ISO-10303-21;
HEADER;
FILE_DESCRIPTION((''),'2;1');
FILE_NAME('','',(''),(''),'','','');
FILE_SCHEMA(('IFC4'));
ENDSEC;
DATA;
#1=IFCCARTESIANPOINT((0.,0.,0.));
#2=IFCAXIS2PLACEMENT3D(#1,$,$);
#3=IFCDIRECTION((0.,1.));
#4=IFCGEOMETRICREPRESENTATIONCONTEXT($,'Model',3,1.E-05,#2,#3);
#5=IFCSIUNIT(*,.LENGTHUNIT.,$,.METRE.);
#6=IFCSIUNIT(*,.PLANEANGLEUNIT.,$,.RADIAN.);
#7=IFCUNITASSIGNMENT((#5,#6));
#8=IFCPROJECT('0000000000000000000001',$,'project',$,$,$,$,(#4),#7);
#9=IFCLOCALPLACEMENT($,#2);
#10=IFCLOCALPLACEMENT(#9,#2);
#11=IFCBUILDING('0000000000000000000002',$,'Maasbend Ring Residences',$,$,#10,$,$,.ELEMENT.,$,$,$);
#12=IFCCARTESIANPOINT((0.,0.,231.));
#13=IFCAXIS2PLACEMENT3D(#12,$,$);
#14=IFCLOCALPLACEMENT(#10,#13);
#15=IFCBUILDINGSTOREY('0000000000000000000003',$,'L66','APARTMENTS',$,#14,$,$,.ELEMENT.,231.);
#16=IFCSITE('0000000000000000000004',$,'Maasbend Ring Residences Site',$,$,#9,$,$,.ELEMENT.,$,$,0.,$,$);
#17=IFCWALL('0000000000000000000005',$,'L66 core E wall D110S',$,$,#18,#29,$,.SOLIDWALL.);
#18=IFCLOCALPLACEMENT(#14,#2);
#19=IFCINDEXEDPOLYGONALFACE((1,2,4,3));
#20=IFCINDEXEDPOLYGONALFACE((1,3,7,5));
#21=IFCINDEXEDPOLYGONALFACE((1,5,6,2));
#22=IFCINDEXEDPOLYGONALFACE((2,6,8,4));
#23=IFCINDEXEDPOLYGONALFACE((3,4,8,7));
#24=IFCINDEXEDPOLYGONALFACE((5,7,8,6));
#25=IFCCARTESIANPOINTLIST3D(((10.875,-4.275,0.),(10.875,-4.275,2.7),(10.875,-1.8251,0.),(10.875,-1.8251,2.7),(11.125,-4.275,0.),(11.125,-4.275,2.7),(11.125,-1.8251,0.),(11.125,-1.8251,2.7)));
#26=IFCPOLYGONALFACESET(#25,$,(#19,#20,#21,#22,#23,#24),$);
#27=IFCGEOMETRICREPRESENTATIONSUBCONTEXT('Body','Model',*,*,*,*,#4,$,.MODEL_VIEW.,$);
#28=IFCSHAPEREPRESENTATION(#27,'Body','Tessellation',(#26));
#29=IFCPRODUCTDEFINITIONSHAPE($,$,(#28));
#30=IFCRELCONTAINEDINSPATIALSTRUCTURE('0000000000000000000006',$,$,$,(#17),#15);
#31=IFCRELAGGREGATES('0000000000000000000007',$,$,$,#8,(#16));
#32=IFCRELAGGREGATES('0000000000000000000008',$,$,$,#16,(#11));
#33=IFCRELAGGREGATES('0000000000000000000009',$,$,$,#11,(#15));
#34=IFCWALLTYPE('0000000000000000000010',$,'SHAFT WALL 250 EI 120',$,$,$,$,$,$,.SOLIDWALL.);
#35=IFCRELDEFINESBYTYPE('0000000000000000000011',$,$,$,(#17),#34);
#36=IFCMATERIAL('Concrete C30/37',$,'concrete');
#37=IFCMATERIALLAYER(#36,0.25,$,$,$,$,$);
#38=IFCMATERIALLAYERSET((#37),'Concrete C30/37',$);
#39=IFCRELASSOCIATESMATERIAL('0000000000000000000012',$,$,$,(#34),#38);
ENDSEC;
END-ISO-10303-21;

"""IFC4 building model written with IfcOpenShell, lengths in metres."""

from ifc_helpers import new_model, si_unit, direction, frame, frame_2d, origin, place, context, subcontext, project, spatial, rectangle, extrude, material, layer, layer_set, type_object, element, save


model = new_model("IFC4")

# Units and contexts
model_context = context("Model", 3, precision=1e-05, world=origin(), true_north=direction((0.0, 1.0)))
body_context = subcontext(model_context, "Body", "Model", "MODEL_VIEW")
ifc_project = project(units=[si_unit("LENGTHUNIT", "METRE"), si_unit("PLANEANGLEUNIT", "RADIAN")], contexts=[model_context])

# Site, building, storey
site_placement = place(None, origin())
site = spatial("IfcSite", under=ifc_project, at=site_placement, Name="Maasbend Ring Residences Site", CompositionType="ELEMENT", RefElevation=0.0)
building_placement = place(site_placement, origin())
building = spatial("IfcBuilding", under=site, at=building_placement, Name="Maasbend Ring Residences", CompositionType="ELEMENT")
storey_placement = place(building_placement, frame((0.0, 0.0, 231.0)))
storey = spatial("IfcBuildingStorey", under=building, at=storey_placement, Name="L66", Description="APARTMENTS", CompositionType="ELEMENT", Elevation=231.0)

# Wall
ifc_material_1 = material(Name="Concrete C30/37", Category="concrete")
ifc_layer_1 = layer(ifc_material_1, 0.25)
ifc_layer_set_1 = layer_set([ifc_layer_1], Name="Concrete C30/37")
wall_type_1 = type_object("IfcWallType", Name="SHAFT WALL 250 EI 120", PredefinedType="SOLIDWALL", material=ifc_layer_set_1)
wall_1_placement = place(storey_placement, frame((11.0, -1.825, 0.0), z_axis=(0.0, 0.0, 1.0), x_axis=(0.0, -1.0, 0.0)))
element("IfcWall", 1, at=wall_1_placement, inside=storey, type_object=wall_type_1, Name="L66 core E wall D110S", PredefinedType="SOLIDWALL", context=body_context, shape_type="SweptSolid", body=[
    extrude(rectangle(XDim=2.45, YDim=0.25, at=frame_2d((1.2251, 0.0))), origin(), (0.0, 0.0, 1.0), 2.7),
])

save(model, "model.ifc")
